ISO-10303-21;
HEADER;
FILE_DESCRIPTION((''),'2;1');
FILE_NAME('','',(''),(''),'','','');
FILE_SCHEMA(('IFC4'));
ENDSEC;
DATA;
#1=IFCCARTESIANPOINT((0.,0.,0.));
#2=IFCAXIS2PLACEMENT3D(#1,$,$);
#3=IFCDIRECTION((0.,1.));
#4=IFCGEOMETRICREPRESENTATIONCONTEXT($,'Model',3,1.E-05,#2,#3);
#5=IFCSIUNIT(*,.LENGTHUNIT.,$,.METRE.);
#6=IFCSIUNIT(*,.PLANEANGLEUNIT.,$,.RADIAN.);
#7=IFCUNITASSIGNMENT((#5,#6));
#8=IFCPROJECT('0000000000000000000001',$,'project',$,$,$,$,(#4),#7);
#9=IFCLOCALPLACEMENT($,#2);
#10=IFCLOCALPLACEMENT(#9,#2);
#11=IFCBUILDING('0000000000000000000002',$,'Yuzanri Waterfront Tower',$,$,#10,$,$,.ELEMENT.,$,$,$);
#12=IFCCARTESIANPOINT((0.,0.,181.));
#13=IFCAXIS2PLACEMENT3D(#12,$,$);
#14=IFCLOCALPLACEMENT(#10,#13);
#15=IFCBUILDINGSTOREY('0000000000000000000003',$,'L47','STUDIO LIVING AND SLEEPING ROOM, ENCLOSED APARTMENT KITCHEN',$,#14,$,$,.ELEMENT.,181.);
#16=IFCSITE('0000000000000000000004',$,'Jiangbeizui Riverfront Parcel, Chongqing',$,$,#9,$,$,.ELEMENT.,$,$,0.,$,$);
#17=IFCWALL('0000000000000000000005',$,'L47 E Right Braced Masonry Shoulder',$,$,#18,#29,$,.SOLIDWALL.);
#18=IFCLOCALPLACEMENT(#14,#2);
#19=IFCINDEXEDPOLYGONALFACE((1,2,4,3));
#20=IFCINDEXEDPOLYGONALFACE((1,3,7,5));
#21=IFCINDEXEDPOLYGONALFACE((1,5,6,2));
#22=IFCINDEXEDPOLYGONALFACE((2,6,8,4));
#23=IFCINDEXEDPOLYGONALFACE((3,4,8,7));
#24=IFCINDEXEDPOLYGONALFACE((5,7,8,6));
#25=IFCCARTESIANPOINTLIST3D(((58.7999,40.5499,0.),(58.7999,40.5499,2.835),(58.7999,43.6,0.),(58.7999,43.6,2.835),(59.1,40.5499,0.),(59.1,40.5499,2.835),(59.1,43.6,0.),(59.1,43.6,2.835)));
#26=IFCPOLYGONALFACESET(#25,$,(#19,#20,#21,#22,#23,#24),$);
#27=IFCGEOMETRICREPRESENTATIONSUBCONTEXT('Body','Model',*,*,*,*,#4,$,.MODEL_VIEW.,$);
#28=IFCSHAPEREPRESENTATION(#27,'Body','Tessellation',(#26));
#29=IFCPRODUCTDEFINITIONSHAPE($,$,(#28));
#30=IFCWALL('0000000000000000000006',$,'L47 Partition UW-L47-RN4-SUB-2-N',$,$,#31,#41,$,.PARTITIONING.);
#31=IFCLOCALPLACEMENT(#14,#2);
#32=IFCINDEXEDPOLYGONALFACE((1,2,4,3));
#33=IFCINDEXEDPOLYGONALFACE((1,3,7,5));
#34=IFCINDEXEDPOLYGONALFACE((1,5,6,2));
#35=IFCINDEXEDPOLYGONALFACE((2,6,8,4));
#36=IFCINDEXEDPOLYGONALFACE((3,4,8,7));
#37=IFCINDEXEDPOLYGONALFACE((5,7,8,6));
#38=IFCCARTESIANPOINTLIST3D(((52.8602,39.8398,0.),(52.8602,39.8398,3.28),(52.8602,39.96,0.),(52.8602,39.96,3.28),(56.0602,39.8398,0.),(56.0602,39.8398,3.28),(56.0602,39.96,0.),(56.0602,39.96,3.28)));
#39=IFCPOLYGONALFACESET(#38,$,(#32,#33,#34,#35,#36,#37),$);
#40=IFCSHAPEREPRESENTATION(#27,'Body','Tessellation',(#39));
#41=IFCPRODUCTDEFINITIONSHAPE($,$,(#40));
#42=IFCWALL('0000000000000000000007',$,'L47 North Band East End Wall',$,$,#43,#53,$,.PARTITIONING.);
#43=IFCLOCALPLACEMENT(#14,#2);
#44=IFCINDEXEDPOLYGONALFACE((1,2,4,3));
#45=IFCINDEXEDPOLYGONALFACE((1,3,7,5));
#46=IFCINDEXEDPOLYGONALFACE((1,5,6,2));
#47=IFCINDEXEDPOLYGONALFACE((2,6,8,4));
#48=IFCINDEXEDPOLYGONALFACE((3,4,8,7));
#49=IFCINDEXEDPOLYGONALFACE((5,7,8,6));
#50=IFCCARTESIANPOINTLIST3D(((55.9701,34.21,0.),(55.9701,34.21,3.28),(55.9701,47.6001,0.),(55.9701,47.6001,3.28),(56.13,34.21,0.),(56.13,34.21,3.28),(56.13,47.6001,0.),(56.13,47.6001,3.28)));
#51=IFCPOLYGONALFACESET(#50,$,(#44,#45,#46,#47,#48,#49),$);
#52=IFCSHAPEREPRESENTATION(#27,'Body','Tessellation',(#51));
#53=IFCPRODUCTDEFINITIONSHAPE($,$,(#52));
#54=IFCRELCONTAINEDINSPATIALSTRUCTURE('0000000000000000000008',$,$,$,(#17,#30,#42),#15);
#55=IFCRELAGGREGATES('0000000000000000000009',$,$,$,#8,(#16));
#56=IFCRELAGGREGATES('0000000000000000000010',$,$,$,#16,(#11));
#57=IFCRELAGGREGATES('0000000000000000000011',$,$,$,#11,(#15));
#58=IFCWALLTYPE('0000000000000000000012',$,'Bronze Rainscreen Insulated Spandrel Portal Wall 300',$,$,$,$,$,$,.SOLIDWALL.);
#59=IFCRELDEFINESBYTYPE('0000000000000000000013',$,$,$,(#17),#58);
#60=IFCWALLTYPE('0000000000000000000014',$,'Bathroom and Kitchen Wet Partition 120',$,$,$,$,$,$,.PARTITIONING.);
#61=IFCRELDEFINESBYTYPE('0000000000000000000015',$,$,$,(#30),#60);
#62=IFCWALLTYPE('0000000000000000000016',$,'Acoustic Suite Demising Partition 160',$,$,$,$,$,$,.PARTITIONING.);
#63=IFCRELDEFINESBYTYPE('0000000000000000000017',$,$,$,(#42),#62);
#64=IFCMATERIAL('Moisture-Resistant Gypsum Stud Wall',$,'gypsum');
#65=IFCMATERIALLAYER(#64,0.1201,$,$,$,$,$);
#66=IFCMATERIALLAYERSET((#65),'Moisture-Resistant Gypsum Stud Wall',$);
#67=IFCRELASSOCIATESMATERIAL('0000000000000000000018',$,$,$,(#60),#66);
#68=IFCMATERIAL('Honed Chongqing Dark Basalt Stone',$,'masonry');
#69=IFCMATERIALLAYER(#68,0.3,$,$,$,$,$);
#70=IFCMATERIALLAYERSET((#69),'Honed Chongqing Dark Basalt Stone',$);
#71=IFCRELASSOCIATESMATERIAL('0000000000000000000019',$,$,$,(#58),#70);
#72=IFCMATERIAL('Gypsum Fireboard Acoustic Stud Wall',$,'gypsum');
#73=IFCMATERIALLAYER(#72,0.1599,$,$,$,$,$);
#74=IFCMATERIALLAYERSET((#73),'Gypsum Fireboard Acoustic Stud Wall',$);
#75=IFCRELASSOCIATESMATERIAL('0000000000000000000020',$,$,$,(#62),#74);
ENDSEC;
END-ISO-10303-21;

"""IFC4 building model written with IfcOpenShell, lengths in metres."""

from ifc_helpers import new_model, si_unit, direction, frame, frame_2d, origin, place, context, subcontext, project, spatial, rectangle, extrude, source, transform, mapped, material, layer, layer_set, type_object, element, save


model = new_model("IFC4")

# Units and contexts
model_context = context("Model", 3, precision=1e-05, world=origin(), true_north=direction((0.0, 1.0)))
body_context = subcontext(model_context, "Body", "Model", "MODEL_VIEW")
ifc_project = project(units=[si_unit("LENGTHUNIT", "METRE"), si_unit("PLANEANGLEUNIT", "RADIAN")], contexts=[model_context])

# Site, building, storey
site_placement = place(None, origin())
site = spatial("IfcSite", under=ifc_project, at=site_placement, Name="Jiangbeizui Riverfront Parcel, Chongqing", CompositionType="ELEMENT", RefElevation=0.0)
building_placement = place(site_placement, origin())
building = spatial("IfcBuilding", under=site, at=building_placement, Name="Yuzanri Waterfront Tower", CompositionType="ELEMENT")
storey_placement = place(building_placement, frame((0.0, 0.0, 181.0)))
storey = spatial("IfcBuildingStorey", under=building, at=storey_placement, Name="L47", Description="STUDIO LIVING AND SLEEPING ROOM, ENCLOSED APARTMENT KITCHEN", CompositionType="ELEMENT", Elevation=181.0)

# Shared definitions
ifc_material_1 = material(Name="Moisture-Resistant Gypsum Stud Wall", Category="gypsum")
ifc_layer_1 = layer(ifc_material_1, 0.1201)
ifc_layer_set_1 = layer_set([ifc_layer_1], Name="Moisture-Resistant Gypsum Stud Wall")
wall_type_1 = type_object("IfcWallType", Name="Bathroom and Kitchen Wet Partition 120", PredefinedType="PARTITIONING", material=ifc_layer_set_1)

# Shared definitions
ifc_material_2 = material(Name="Honed Chongqing Dark Basalt Stone", Category="masonry")
ifc_layer_2 = layer(ifc_material_2, 0.3)
ifc_layer_set_2 = layer_set([ifc_layer_2], Name="Honed Chongqing Dark Basalt Stone")
wall_type_2 = type_object("IfcWallType", Name="Bronze Rainscreen Insulated Spandrel Portal Wall 300", PredefinedType="SOLIDWALL", material=ifc_layer_set_2)

# Walls
shared_shape_1 = source(origin(), body_context, "Body", "SweptSolid", [
    extrude(rectangle(XDim=3.05, YDim=0.3, at=frame_2d((1.5249, 0.0))), origin(), (0.0, 0.0, 1.0), 2.835),
])
for number, where, z_axis, x_axis, name in (
    (1, (58.95, 40.55, 0.0), (0.0, 0.0, 1.0), (0.0, 1.0, 0.0), "L47 E Right Braced Masonry Shoulder"),
):
    element("IfcWall", number, at=place(storey_placement, frame(where, z_axis=z_axis, x_axis=x_axis)), inside=storey, type_object=wall_type_2, Name=name, PredefinedType="SOLIDWALL", context=body_context, shape_type="MappedRepresentation", body=[
        mapped(shared_shape_1, transform((0.0, 0.0, 0.0), scale=1.0)),
    ])
shared_shape_2 = source(origin(), body_context, "Body", "SweptSolid", [
    extrude(rectangle(XDim=3.2, YDim=0.1201, at=frame_2d((1.6001, 0.0))), origin(), (0.0, 0.0, 1.0), 3.28),
])
wall_1_placement = place(storey_placement, frame((52.8601, 39.8999, 0.0), z_axis=(0.0, 0.0, 1.0), x_axis=(1.0, 0.0, 0.0)))
element("IfcWall", 2, at=wall_1_placement, inside=storey, type_object=wall_type_1, Name="L47 Partition UW-L47-RN4-SUB-2-N", PredefinedType="PARTITIONING", context=body_context, shape_type="MappedRepresentation", body=[
    mapped(shared_shape_2, transform((0.0, 0.0, 0.0), scale=1.0)),
])
ifc_material_3 = material(Name="Gypsum Fireboard Acoustic Stud Wall", Category="gypsum")
ifc_layer_3 = layer(ifc_material_3, 0.1599)
ifc_layer_set_3 = layer_set([ifc_layer_3], Name="Gypsum Fireboard Acoustic Stud Wall")
wall_type_3 = type_object("IfcWallType", Name="Acoustic Suite Demising Partition 160", PredefinedType="PARTITIONING", material=ifc_layer_set_3)
shared_shape_3 = source(origin(), body_context, "Body", "SweptSolid", [
    extrude(rectangle(XDim=13.3901, YDim=0.1599, at=frame_2d((6.6951, 0.0))), origin(), (0.0, 0.0, 1.0), 3.28),
])
wall_2_placement = place(storey_placement, frame((56.05, 34.21, 0.0), z_axis=(0.0, 0.0, 1.0), x_axis=(0.0, 1.0, 0.0)))
element("IfcWall", 3, at=wall_2_placement, inside=storey, type_object=wall_type_3, Name="L47 North Band East End Wall", PredefinedType="PARTITIONING", context=body_context, shape_type="MappedRepresentation", body=[
    mapped(shared_shape_3, transform((0.0, 0.0, 0.0), scale=1.0)),
])

save(model, "model.ifc")
